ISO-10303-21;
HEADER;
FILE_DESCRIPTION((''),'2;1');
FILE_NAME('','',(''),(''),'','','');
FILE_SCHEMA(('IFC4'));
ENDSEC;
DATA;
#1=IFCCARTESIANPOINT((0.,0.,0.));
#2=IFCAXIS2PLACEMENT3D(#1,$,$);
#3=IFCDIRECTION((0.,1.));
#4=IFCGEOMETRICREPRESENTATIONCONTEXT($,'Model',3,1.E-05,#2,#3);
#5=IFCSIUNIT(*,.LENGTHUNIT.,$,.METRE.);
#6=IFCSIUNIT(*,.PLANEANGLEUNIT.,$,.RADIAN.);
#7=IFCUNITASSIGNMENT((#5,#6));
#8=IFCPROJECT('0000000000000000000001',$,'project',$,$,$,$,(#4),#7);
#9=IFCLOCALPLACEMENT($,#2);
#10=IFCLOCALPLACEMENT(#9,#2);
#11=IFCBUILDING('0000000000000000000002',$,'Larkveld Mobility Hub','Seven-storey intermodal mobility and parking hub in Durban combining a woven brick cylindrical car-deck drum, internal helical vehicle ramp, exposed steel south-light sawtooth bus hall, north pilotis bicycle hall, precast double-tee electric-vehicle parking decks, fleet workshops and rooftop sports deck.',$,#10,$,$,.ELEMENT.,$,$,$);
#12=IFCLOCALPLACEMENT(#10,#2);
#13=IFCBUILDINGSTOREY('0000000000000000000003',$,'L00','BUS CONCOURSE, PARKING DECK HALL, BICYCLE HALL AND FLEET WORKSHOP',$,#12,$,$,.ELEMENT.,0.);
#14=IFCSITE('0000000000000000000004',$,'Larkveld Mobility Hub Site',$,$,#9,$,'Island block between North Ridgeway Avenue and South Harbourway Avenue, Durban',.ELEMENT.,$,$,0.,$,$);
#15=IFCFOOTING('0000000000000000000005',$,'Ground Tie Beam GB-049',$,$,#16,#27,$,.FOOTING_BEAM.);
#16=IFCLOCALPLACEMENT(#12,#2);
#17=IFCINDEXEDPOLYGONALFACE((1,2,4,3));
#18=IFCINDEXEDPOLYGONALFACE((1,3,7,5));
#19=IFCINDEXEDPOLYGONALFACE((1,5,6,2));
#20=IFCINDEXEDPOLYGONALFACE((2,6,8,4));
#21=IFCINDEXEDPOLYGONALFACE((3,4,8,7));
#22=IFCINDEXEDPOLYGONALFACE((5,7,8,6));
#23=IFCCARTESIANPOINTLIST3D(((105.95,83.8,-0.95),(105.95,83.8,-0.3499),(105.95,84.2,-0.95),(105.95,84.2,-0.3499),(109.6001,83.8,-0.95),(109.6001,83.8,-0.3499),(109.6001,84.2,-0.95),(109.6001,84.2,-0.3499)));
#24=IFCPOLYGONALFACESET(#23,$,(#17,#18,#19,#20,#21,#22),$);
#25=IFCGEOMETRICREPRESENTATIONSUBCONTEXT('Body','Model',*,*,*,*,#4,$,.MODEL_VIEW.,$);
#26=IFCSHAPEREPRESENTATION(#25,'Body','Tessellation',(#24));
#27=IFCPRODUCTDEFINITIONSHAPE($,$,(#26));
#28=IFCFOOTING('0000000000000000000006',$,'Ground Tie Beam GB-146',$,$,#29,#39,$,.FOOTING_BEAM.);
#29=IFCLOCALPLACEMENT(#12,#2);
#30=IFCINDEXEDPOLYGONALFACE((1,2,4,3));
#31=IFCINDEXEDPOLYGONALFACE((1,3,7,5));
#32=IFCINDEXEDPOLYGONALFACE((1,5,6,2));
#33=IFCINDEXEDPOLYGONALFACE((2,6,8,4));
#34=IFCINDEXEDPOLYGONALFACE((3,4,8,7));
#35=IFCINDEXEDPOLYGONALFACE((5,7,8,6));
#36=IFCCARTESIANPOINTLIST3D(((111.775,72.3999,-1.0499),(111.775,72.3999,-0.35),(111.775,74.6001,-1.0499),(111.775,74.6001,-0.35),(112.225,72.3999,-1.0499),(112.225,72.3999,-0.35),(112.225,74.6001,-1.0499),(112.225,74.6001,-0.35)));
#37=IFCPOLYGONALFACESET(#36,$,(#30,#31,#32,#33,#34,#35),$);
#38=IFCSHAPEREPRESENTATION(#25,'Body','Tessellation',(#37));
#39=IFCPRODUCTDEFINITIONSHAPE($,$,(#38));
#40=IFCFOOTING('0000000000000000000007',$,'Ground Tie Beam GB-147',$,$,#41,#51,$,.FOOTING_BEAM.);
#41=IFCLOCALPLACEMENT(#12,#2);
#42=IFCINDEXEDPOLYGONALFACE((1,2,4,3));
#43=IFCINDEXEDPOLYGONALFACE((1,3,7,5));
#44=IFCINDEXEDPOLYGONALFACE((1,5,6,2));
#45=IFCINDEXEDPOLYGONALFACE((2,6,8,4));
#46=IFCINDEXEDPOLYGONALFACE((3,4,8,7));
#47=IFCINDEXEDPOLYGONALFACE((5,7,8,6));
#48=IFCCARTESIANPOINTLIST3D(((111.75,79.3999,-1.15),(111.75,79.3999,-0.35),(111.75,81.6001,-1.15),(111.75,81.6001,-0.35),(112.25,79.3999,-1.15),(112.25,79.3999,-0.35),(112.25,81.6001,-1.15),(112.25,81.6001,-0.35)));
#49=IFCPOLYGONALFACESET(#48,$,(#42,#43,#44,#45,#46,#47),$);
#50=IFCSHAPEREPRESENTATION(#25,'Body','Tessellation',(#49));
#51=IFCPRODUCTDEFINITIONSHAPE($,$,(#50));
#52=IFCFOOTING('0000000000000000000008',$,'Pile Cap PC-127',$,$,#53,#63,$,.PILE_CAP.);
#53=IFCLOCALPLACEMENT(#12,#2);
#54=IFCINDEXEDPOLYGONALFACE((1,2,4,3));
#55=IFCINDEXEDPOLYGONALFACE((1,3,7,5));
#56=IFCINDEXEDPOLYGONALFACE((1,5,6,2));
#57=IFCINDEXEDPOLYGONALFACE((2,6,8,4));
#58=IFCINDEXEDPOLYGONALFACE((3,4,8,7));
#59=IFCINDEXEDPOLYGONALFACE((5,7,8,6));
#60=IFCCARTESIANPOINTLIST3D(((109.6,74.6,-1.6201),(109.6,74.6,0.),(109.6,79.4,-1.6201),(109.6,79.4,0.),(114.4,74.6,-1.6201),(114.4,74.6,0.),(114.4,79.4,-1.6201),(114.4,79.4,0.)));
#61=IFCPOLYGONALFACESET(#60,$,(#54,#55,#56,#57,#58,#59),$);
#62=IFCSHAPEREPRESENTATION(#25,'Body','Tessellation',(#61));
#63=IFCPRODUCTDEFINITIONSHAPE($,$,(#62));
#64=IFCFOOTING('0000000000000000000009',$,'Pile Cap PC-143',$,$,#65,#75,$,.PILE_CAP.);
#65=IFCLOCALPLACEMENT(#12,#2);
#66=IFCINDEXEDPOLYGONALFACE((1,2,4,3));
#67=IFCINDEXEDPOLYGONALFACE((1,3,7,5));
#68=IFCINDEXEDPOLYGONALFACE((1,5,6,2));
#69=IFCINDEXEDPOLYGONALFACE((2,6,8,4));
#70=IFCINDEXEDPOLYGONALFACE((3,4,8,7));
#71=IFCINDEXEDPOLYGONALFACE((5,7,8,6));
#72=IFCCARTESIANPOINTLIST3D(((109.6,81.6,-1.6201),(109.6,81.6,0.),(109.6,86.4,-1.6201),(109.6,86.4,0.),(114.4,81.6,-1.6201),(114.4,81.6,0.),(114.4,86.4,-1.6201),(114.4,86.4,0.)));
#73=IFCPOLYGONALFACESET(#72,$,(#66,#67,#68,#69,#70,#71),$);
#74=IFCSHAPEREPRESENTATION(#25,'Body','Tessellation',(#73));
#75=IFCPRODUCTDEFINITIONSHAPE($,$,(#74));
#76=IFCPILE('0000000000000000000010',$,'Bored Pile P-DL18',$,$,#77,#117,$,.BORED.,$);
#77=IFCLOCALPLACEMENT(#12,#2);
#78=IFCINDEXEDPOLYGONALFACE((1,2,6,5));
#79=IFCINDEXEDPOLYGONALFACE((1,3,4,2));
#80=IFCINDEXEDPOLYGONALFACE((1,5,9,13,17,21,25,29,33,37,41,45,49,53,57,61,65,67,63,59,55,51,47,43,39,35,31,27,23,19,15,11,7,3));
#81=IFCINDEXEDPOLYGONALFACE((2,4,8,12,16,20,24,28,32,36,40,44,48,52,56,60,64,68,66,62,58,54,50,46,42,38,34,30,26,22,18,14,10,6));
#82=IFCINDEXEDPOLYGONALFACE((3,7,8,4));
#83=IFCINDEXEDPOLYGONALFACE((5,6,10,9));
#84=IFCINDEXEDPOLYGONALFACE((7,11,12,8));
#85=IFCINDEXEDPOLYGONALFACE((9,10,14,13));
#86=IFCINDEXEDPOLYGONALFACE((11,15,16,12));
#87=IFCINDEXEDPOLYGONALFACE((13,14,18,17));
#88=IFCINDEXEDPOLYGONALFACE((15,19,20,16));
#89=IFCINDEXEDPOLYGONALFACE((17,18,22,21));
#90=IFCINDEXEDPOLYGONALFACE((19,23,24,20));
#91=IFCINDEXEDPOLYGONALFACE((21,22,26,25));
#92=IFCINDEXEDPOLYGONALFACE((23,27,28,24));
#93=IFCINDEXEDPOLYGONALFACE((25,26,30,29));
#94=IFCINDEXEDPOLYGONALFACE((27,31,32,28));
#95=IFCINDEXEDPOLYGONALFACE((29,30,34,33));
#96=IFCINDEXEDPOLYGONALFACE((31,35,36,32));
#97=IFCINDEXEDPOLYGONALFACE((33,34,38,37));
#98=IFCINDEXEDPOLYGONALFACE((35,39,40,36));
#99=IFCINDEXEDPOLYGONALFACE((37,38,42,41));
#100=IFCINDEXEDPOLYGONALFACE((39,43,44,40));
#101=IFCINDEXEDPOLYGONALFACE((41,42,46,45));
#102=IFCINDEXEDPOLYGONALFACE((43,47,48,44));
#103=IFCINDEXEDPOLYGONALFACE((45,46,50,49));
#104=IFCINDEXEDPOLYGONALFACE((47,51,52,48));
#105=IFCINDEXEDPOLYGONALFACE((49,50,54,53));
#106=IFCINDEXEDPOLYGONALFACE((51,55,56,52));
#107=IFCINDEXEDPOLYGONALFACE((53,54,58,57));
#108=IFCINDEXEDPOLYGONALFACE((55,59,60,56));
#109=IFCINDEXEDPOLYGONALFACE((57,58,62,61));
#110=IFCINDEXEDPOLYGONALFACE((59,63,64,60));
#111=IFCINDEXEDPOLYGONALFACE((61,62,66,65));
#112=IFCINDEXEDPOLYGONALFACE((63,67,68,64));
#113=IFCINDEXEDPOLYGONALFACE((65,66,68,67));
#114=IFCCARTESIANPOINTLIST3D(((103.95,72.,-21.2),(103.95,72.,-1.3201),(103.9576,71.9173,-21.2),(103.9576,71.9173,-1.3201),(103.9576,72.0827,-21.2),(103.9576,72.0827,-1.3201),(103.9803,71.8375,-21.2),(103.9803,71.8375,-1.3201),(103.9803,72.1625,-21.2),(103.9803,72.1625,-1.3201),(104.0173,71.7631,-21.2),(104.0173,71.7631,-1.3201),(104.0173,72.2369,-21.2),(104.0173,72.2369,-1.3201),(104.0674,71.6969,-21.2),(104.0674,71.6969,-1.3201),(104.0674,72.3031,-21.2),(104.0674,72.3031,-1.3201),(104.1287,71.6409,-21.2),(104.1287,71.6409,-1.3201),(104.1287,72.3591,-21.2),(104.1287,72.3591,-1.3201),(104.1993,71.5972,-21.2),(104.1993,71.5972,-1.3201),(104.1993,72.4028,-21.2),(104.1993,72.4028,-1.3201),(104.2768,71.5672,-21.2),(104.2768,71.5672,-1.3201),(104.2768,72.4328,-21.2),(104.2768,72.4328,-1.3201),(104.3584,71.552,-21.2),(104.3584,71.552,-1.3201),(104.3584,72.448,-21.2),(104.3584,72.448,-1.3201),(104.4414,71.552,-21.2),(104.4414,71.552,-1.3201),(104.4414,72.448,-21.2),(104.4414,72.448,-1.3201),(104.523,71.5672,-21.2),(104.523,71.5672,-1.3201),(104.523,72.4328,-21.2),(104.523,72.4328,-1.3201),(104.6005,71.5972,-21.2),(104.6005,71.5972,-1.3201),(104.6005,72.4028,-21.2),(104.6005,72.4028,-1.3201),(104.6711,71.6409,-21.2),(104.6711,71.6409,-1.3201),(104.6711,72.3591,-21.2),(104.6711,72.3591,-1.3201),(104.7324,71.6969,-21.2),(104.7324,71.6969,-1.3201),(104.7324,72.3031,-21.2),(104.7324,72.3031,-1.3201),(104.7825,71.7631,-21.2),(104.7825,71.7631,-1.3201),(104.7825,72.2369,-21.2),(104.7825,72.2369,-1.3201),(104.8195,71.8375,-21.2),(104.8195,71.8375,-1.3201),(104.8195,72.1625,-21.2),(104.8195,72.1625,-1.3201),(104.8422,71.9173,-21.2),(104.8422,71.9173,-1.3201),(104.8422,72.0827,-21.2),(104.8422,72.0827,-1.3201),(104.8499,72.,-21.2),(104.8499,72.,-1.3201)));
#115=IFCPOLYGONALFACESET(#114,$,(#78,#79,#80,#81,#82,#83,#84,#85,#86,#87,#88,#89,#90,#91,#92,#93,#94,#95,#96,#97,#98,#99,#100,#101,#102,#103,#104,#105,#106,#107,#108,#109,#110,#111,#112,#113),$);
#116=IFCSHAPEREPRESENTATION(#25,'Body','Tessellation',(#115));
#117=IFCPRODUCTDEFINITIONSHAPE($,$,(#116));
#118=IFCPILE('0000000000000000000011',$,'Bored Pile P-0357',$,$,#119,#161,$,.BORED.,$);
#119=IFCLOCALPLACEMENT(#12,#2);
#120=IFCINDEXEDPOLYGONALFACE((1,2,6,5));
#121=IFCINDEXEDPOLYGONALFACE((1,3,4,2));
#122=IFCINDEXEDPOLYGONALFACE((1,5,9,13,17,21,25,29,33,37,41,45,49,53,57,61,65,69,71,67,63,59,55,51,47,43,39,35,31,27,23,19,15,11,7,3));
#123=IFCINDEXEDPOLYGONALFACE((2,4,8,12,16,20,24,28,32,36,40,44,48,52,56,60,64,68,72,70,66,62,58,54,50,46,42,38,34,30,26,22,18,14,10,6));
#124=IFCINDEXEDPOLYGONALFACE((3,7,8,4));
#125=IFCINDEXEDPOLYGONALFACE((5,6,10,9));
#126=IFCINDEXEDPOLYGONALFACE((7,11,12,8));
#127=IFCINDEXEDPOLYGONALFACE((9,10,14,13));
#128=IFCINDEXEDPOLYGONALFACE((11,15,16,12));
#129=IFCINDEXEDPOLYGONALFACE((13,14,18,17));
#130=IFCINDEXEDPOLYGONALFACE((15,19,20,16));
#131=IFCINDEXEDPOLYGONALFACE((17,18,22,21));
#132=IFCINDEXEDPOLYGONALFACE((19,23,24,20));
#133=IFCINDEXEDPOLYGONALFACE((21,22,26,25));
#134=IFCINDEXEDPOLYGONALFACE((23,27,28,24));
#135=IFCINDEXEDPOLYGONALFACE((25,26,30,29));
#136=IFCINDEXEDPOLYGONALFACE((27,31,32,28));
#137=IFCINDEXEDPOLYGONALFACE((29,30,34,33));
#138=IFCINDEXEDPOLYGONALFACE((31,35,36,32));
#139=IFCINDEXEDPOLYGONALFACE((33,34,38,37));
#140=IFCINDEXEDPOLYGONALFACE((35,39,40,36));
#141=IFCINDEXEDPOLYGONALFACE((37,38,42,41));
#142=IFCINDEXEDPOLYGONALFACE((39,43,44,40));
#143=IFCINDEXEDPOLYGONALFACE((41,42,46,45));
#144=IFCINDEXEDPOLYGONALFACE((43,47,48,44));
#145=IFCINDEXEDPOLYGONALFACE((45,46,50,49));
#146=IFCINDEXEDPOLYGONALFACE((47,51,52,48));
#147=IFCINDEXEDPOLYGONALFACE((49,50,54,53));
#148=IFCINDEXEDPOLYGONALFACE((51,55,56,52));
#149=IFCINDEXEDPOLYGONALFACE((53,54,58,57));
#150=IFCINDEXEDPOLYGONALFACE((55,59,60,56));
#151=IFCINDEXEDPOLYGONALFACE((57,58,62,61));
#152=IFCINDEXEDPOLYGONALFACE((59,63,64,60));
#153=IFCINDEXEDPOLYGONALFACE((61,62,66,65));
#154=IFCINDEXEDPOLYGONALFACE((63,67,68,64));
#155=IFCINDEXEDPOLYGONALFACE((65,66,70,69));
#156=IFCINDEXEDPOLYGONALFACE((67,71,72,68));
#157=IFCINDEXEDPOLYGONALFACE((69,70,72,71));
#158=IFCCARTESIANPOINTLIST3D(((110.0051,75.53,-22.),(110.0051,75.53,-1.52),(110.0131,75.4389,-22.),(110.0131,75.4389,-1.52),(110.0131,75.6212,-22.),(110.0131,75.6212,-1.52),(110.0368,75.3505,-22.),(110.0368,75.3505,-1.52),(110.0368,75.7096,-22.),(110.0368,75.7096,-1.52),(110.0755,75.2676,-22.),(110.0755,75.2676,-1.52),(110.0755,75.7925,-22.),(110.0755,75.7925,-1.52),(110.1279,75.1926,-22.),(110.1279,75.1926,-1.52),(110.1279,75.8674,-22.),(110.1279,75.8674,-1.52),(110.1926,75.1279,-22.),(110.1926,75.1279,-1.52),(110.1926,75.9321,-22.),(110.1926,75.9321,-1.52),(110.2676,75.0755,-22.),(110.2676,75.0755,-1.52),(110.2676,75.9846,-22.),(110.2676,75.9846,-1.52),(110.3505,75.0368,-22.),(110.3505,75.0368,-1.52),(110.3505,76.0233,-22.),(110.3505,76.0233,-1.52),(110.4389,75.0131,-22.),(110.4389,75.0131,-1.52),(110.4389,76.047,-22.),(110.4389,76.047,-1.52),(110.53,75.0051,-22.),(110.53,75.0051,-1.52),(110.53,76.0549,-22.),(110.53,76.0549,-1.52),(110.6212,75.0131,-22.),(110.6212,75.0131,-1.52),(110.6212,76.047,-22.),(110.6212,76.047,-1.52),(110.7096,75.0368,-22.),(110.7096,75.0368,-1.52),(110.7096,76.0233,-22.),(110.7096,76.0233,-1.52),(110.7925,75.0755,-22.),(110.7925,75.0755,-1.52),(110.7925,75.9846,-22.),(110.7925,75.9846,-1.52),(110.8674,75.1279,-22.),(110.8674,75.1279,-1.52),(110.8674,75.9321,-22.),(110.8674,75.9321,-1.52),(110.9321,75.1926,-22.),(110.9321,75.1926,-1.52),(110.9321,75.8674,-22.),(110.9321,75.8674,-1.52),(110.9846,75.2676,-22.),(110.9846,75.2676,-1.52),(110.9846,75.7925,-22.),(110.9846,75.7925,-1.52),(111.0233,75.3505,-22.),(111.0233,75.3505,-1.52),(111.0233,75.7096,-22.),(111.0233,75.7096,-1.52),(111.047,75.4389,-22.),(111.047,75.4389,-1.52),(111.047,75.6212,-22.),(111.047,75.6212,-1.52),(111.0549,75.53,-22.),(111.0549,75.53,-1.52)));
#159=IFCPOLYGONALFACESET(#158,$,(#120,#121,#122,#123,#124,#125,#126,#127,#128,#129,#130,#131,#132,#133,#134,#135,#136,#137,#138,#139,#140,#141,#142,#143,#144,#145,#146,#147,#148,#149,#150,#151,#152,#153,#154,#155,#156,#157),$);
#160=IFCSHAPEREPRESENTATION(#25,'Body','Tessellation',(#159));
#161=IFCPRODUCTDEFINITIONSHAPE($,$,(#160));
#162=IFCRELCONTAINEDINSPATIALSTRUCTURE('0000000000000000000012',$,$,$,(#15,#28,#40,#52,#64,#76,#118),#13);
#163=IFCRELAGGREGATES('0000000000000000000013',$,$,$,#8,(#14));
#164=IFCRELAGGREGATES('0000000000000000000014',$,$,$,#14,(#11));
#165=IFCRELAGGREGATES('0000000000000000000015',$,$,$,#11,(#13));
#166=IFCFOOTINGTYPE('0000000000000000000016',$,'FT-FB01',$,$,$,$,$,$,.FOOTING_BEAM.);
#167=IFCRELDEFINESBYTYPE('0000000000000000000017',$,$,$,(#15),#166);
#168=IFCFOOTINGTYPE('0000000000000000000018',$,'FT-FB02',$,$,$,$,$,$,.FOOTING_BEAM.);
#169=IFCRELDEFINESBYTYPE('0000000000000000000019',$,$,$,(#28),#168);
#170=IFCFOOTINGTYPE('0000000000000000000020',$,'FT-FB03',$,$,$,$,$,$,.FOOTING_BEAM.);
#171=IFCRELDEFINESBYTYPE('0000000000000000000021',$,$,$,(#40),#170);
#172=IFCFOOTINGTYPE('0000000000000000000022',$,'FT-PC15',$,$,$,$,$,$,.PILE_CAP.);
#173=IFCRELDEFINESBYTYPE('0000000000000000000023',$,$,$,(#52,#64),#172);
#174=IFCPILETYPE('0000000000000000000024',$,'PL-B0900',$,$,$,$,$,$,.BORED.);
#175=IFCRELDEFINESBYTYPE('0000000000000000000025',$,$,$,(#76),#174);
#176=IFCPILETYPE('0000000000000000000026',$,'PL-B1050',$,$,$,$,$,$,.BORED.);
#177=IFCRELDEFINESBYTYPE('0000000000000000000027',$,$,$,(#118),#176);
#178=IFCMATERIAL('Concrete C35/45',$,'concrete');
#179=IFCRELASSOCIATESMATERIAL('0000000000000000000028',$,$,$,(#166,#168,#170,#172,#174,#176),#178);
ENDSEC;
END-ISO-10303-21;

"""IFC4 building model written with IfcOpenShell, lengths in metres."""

from ifc_helpers import new_model, si_unit, direction, frame, origin, origin_2d, place, context, subcontext, project, spatial, rectangle, circle, extrude, material, material_profile, profile_set, type_object, element, save


model = new_model("IFC4")

# Units and contexts
model_context = context("Model", 3, precision=1e-05, world=origin(), true_north=direction((0.0, 1.0)))
body_context = subcontext(model_context, "Body", "Model", "MODEL_VIEW")
ifc_project = project(units=[si_unit("LENGTHUNIT", "METRE"), si_unit("PLANEANGLEUNIT", "RADIAN")], contexts=[model_context])

# Site, building, storey
site_placement = place(None, origin())
site = spatial("IfcSite", under=ifc_project, at=site_placement, Name="Larkveld Mobility Hub Site", LongName="Island block between North Ridgeway Avenue and South Harbourway Avenue, Durban", CompositionType="ELEMENT", RefElevation=0.0)
building_placement = place(site_placement, origin())
building = spatial("IfcBuilding", under=site, at=building_placement, Name="Larkveld Mobility Hub", Description="Seven-storey intermodal mobility and parking hub in Durban combining a woven brick cylindrical car-deck drum, internal helical vehicle ramp, exposed steel south-light sawtooth bus hall, north pilotis bicycle hall, precast double-tee electric-vehicle parking decks, fleet workshops and rooftop sports deck.", CompositionType="ELEMENT")
storey_placement = place(building_placement, origin())
storey = spatial("IfcBuildingStorey", under=building, at=storey_placement, Name="L00", Description="BUS CONCOURSE, PARKING DECK HALL, BICYCLE HALL AND FLEET WORKSHOP", CompositionType="ELEMENT", Elevation=0.0)

# Footings
ifc_material_1 = material(Name="Concrete C35/45", Category="concrete")
ifc_material_profile_1 = material_profile(ifc_material_1, rectangle(XDim=0.3999, YDim=0.6001, at=origin_2d()), Name="RC BM 400x600")
ifc_profile_set_1 = profile_set([ifc_material_profile_1], Name="Concrete C35/45")
footing_type_1 = type_object("IfcFootingType", Name="FT-FB01", PredefinedType="FOOTING_BEAM", material=ifc_profile_set_1)
footing_1_placement = place(storey_placement, frame((105.95, 84.0, -0.6499), z_axis=(1.0, 0.0, 0.0), x_axis=(0.0, 1.0, 0.0)))
element("IfcFooting", 1, at=footing_1_placement, inside=storey, type_object=footing_type_1, Name="Ground Tie Beam GB-049", PredefinedType="FOOTING_BEAM", context=body_context, shape_type="SweptSolid", body=[
    extrude(rectangle(XDim=0.3999, YDim=0.6001, at=origin_2d()), origin(), (0.0, 0.0, 1.0), 3.6501),
])
ifc_material_profile_2 = material_profile(ifc_material_1, rectangle(XDim=0.45, YDim=0.7, at=origin_2d()), Name="RC BM 450x700")
ifc_profile_set_2 = profile_set([ifc_material_profile_2], Name="Concrete C35/45")
footing_type_2 = type_object("IfcFootingType", Name="FT-FB02", PredefinedType="FOOTING_BEAM", material=ifc_profile_set_2)
footing_2_placement = place(storey_placement, frame((112.0, 72.3999, -0.7), z_axis=(0.0, 1.0, 0.0), x_axis=(-1.0, 0.0, 0.0)))
element("IfcFooting", 2, at=footing_2_placement, inside=storey, type_object=footing_type_2, Name="Ground Tie Beam GB-146", PredefinedType="FOOTING_BEAM", context=body_context, shape_type="SweptSolid", body=[
    extrude(rectangle(XDim=0.45, YDim=0.7, at=origin_2d()), origin(), (0.0, 0.0, 1.0), 2.2002),
])
ifc_material_profile_3 = material_profile(ifc_material_1, rectangle(XDim=0.5, YDim=0.8, at=origin_2d()), Name="RC BM 500x800")
ifc_profile_set_3 = profile_set([ifc_material_profile_3], Name="Concrete C35/45")
footing_type_3 = type_object("IfcFootingType", Name="FT-FB03", PredefinedType="FOOTING_BEAM", material=ifc_profile_set_3)
footing_3_placement = place(storey_placement, frame((112.0, 79.3999, -0.75), z_axis=(0.0, 1.0, 0.0), x_axis=(-1.0, 0.0, 0.0)))
element("IfcFooting", 3, at=footing_3_placement, inside=storey, type_object=footing_type_3, Name="Ground Tie Beam GB-147", PredefinedType="FOOTING_BEAM", context=body_context, shape_type="SweptSolid", body=[
    extrude(rectangle(XDim=0.5, YDim=0.8, at=origin_2d()), origin(), (0.0, 0.0, 1.0), 2.2002),
])
footing_type_4 = type_object("IfcFootingType", Name="FT-PC15", PredefinedType="PILE_CAP", material=ifc_material_1)
for number, where, z_axis, x_axis, name in (
    (4, (112.0, 77.0, -1.6201), (0.0, 0.0, 1.0), (1.0, 0.0, 0.0), "Pile Cap PC-127"),
    (5, (112.0, 84.0, -1.6201), (0.0, 0.0, 1.0), (1.0, 0.0, 0.0), "Pile Cap PC-143"),
):
    element("IfcFooting", number, at=place(storey_placement, frame(where, z_axis=z_axis, x_axis=x_axis)), inside=storey, type_object=footing_type_4, Name=name, PredefinedType="PILE_CAP", context=body_context, shape_type="SweptSolid", body=[
        extrude(rectangle(XDim=4.8, YDim=4.8, at=origin_2d()), origin(), (0.0, 0.0, 1.0), 1.6201),
    ])

# Piles
ifc_material_profile_4 = material_profile(ifc_material_1, circle(Radius=0.45, at=origin_2d()), Name="PILE D900")
ifc_profile_set_4 = profile_set([ifc_material_profile_4], Name="Concrete C35/45")
pile_type_1 = type_object("IfcPileType", Name="PL-B0900", PredefinedType="BORED", material=ifc_profile_set_4)
pile_placement = place(storey_placement, frame((104.3999, 72.0, -1.3201), z_axis=(0.0, 0.0, -1.0), x_axis=(1.0, 0.0, 0.0)))
element("IfcPile", 6, at=pile_placement, inside=storey, type_object=pile_type_1, Name="Bored Pile P-DL18", PredefinedType="BORED", context=body_context, shape_type="SweptSolid", body=[
    extrude(circle(Radius=0.45, at=origin_2d()), origin(), (0.0, 0.0, 1.0), 19.8799),
])
ifc_material_profile_5 = material_profile(ifc_material_1, circle(Radius=0.5249, at=origin_2d()), Name="PILE D1050")
ifc_profile_set_5 = profile_set([ifc_material_profile_5], Name="Concrete C35/45")
pile_type_2 = type_object("IfcPileType", Name="PL-B1050", PredefinedType="BORED", material=ifc_profile_set_5)
for number, where, z_axis, x_axis, name in (
    (7, (110.53, 75.53, -1.52), (0.0, 0.0, -1.0), (1.0, 0.0, 0.0), "Bored Pile P-0357"),
):
    element("IfcPile", number, at=place(storey_placement, frame(where, z_axis=z_axis, x_axis=x_axis)), inside=storey, type_object=pile_type_2, Name=name, PredefinedType="BORED", context=body_context, shape_type="SweptSolid", body=[
        extrude(circle(Radius=0.5249, at=origin_2d()), origin(), (0.0, 0.0, 1.0), 20.48),
    ])

save(model, "model.ifc")
